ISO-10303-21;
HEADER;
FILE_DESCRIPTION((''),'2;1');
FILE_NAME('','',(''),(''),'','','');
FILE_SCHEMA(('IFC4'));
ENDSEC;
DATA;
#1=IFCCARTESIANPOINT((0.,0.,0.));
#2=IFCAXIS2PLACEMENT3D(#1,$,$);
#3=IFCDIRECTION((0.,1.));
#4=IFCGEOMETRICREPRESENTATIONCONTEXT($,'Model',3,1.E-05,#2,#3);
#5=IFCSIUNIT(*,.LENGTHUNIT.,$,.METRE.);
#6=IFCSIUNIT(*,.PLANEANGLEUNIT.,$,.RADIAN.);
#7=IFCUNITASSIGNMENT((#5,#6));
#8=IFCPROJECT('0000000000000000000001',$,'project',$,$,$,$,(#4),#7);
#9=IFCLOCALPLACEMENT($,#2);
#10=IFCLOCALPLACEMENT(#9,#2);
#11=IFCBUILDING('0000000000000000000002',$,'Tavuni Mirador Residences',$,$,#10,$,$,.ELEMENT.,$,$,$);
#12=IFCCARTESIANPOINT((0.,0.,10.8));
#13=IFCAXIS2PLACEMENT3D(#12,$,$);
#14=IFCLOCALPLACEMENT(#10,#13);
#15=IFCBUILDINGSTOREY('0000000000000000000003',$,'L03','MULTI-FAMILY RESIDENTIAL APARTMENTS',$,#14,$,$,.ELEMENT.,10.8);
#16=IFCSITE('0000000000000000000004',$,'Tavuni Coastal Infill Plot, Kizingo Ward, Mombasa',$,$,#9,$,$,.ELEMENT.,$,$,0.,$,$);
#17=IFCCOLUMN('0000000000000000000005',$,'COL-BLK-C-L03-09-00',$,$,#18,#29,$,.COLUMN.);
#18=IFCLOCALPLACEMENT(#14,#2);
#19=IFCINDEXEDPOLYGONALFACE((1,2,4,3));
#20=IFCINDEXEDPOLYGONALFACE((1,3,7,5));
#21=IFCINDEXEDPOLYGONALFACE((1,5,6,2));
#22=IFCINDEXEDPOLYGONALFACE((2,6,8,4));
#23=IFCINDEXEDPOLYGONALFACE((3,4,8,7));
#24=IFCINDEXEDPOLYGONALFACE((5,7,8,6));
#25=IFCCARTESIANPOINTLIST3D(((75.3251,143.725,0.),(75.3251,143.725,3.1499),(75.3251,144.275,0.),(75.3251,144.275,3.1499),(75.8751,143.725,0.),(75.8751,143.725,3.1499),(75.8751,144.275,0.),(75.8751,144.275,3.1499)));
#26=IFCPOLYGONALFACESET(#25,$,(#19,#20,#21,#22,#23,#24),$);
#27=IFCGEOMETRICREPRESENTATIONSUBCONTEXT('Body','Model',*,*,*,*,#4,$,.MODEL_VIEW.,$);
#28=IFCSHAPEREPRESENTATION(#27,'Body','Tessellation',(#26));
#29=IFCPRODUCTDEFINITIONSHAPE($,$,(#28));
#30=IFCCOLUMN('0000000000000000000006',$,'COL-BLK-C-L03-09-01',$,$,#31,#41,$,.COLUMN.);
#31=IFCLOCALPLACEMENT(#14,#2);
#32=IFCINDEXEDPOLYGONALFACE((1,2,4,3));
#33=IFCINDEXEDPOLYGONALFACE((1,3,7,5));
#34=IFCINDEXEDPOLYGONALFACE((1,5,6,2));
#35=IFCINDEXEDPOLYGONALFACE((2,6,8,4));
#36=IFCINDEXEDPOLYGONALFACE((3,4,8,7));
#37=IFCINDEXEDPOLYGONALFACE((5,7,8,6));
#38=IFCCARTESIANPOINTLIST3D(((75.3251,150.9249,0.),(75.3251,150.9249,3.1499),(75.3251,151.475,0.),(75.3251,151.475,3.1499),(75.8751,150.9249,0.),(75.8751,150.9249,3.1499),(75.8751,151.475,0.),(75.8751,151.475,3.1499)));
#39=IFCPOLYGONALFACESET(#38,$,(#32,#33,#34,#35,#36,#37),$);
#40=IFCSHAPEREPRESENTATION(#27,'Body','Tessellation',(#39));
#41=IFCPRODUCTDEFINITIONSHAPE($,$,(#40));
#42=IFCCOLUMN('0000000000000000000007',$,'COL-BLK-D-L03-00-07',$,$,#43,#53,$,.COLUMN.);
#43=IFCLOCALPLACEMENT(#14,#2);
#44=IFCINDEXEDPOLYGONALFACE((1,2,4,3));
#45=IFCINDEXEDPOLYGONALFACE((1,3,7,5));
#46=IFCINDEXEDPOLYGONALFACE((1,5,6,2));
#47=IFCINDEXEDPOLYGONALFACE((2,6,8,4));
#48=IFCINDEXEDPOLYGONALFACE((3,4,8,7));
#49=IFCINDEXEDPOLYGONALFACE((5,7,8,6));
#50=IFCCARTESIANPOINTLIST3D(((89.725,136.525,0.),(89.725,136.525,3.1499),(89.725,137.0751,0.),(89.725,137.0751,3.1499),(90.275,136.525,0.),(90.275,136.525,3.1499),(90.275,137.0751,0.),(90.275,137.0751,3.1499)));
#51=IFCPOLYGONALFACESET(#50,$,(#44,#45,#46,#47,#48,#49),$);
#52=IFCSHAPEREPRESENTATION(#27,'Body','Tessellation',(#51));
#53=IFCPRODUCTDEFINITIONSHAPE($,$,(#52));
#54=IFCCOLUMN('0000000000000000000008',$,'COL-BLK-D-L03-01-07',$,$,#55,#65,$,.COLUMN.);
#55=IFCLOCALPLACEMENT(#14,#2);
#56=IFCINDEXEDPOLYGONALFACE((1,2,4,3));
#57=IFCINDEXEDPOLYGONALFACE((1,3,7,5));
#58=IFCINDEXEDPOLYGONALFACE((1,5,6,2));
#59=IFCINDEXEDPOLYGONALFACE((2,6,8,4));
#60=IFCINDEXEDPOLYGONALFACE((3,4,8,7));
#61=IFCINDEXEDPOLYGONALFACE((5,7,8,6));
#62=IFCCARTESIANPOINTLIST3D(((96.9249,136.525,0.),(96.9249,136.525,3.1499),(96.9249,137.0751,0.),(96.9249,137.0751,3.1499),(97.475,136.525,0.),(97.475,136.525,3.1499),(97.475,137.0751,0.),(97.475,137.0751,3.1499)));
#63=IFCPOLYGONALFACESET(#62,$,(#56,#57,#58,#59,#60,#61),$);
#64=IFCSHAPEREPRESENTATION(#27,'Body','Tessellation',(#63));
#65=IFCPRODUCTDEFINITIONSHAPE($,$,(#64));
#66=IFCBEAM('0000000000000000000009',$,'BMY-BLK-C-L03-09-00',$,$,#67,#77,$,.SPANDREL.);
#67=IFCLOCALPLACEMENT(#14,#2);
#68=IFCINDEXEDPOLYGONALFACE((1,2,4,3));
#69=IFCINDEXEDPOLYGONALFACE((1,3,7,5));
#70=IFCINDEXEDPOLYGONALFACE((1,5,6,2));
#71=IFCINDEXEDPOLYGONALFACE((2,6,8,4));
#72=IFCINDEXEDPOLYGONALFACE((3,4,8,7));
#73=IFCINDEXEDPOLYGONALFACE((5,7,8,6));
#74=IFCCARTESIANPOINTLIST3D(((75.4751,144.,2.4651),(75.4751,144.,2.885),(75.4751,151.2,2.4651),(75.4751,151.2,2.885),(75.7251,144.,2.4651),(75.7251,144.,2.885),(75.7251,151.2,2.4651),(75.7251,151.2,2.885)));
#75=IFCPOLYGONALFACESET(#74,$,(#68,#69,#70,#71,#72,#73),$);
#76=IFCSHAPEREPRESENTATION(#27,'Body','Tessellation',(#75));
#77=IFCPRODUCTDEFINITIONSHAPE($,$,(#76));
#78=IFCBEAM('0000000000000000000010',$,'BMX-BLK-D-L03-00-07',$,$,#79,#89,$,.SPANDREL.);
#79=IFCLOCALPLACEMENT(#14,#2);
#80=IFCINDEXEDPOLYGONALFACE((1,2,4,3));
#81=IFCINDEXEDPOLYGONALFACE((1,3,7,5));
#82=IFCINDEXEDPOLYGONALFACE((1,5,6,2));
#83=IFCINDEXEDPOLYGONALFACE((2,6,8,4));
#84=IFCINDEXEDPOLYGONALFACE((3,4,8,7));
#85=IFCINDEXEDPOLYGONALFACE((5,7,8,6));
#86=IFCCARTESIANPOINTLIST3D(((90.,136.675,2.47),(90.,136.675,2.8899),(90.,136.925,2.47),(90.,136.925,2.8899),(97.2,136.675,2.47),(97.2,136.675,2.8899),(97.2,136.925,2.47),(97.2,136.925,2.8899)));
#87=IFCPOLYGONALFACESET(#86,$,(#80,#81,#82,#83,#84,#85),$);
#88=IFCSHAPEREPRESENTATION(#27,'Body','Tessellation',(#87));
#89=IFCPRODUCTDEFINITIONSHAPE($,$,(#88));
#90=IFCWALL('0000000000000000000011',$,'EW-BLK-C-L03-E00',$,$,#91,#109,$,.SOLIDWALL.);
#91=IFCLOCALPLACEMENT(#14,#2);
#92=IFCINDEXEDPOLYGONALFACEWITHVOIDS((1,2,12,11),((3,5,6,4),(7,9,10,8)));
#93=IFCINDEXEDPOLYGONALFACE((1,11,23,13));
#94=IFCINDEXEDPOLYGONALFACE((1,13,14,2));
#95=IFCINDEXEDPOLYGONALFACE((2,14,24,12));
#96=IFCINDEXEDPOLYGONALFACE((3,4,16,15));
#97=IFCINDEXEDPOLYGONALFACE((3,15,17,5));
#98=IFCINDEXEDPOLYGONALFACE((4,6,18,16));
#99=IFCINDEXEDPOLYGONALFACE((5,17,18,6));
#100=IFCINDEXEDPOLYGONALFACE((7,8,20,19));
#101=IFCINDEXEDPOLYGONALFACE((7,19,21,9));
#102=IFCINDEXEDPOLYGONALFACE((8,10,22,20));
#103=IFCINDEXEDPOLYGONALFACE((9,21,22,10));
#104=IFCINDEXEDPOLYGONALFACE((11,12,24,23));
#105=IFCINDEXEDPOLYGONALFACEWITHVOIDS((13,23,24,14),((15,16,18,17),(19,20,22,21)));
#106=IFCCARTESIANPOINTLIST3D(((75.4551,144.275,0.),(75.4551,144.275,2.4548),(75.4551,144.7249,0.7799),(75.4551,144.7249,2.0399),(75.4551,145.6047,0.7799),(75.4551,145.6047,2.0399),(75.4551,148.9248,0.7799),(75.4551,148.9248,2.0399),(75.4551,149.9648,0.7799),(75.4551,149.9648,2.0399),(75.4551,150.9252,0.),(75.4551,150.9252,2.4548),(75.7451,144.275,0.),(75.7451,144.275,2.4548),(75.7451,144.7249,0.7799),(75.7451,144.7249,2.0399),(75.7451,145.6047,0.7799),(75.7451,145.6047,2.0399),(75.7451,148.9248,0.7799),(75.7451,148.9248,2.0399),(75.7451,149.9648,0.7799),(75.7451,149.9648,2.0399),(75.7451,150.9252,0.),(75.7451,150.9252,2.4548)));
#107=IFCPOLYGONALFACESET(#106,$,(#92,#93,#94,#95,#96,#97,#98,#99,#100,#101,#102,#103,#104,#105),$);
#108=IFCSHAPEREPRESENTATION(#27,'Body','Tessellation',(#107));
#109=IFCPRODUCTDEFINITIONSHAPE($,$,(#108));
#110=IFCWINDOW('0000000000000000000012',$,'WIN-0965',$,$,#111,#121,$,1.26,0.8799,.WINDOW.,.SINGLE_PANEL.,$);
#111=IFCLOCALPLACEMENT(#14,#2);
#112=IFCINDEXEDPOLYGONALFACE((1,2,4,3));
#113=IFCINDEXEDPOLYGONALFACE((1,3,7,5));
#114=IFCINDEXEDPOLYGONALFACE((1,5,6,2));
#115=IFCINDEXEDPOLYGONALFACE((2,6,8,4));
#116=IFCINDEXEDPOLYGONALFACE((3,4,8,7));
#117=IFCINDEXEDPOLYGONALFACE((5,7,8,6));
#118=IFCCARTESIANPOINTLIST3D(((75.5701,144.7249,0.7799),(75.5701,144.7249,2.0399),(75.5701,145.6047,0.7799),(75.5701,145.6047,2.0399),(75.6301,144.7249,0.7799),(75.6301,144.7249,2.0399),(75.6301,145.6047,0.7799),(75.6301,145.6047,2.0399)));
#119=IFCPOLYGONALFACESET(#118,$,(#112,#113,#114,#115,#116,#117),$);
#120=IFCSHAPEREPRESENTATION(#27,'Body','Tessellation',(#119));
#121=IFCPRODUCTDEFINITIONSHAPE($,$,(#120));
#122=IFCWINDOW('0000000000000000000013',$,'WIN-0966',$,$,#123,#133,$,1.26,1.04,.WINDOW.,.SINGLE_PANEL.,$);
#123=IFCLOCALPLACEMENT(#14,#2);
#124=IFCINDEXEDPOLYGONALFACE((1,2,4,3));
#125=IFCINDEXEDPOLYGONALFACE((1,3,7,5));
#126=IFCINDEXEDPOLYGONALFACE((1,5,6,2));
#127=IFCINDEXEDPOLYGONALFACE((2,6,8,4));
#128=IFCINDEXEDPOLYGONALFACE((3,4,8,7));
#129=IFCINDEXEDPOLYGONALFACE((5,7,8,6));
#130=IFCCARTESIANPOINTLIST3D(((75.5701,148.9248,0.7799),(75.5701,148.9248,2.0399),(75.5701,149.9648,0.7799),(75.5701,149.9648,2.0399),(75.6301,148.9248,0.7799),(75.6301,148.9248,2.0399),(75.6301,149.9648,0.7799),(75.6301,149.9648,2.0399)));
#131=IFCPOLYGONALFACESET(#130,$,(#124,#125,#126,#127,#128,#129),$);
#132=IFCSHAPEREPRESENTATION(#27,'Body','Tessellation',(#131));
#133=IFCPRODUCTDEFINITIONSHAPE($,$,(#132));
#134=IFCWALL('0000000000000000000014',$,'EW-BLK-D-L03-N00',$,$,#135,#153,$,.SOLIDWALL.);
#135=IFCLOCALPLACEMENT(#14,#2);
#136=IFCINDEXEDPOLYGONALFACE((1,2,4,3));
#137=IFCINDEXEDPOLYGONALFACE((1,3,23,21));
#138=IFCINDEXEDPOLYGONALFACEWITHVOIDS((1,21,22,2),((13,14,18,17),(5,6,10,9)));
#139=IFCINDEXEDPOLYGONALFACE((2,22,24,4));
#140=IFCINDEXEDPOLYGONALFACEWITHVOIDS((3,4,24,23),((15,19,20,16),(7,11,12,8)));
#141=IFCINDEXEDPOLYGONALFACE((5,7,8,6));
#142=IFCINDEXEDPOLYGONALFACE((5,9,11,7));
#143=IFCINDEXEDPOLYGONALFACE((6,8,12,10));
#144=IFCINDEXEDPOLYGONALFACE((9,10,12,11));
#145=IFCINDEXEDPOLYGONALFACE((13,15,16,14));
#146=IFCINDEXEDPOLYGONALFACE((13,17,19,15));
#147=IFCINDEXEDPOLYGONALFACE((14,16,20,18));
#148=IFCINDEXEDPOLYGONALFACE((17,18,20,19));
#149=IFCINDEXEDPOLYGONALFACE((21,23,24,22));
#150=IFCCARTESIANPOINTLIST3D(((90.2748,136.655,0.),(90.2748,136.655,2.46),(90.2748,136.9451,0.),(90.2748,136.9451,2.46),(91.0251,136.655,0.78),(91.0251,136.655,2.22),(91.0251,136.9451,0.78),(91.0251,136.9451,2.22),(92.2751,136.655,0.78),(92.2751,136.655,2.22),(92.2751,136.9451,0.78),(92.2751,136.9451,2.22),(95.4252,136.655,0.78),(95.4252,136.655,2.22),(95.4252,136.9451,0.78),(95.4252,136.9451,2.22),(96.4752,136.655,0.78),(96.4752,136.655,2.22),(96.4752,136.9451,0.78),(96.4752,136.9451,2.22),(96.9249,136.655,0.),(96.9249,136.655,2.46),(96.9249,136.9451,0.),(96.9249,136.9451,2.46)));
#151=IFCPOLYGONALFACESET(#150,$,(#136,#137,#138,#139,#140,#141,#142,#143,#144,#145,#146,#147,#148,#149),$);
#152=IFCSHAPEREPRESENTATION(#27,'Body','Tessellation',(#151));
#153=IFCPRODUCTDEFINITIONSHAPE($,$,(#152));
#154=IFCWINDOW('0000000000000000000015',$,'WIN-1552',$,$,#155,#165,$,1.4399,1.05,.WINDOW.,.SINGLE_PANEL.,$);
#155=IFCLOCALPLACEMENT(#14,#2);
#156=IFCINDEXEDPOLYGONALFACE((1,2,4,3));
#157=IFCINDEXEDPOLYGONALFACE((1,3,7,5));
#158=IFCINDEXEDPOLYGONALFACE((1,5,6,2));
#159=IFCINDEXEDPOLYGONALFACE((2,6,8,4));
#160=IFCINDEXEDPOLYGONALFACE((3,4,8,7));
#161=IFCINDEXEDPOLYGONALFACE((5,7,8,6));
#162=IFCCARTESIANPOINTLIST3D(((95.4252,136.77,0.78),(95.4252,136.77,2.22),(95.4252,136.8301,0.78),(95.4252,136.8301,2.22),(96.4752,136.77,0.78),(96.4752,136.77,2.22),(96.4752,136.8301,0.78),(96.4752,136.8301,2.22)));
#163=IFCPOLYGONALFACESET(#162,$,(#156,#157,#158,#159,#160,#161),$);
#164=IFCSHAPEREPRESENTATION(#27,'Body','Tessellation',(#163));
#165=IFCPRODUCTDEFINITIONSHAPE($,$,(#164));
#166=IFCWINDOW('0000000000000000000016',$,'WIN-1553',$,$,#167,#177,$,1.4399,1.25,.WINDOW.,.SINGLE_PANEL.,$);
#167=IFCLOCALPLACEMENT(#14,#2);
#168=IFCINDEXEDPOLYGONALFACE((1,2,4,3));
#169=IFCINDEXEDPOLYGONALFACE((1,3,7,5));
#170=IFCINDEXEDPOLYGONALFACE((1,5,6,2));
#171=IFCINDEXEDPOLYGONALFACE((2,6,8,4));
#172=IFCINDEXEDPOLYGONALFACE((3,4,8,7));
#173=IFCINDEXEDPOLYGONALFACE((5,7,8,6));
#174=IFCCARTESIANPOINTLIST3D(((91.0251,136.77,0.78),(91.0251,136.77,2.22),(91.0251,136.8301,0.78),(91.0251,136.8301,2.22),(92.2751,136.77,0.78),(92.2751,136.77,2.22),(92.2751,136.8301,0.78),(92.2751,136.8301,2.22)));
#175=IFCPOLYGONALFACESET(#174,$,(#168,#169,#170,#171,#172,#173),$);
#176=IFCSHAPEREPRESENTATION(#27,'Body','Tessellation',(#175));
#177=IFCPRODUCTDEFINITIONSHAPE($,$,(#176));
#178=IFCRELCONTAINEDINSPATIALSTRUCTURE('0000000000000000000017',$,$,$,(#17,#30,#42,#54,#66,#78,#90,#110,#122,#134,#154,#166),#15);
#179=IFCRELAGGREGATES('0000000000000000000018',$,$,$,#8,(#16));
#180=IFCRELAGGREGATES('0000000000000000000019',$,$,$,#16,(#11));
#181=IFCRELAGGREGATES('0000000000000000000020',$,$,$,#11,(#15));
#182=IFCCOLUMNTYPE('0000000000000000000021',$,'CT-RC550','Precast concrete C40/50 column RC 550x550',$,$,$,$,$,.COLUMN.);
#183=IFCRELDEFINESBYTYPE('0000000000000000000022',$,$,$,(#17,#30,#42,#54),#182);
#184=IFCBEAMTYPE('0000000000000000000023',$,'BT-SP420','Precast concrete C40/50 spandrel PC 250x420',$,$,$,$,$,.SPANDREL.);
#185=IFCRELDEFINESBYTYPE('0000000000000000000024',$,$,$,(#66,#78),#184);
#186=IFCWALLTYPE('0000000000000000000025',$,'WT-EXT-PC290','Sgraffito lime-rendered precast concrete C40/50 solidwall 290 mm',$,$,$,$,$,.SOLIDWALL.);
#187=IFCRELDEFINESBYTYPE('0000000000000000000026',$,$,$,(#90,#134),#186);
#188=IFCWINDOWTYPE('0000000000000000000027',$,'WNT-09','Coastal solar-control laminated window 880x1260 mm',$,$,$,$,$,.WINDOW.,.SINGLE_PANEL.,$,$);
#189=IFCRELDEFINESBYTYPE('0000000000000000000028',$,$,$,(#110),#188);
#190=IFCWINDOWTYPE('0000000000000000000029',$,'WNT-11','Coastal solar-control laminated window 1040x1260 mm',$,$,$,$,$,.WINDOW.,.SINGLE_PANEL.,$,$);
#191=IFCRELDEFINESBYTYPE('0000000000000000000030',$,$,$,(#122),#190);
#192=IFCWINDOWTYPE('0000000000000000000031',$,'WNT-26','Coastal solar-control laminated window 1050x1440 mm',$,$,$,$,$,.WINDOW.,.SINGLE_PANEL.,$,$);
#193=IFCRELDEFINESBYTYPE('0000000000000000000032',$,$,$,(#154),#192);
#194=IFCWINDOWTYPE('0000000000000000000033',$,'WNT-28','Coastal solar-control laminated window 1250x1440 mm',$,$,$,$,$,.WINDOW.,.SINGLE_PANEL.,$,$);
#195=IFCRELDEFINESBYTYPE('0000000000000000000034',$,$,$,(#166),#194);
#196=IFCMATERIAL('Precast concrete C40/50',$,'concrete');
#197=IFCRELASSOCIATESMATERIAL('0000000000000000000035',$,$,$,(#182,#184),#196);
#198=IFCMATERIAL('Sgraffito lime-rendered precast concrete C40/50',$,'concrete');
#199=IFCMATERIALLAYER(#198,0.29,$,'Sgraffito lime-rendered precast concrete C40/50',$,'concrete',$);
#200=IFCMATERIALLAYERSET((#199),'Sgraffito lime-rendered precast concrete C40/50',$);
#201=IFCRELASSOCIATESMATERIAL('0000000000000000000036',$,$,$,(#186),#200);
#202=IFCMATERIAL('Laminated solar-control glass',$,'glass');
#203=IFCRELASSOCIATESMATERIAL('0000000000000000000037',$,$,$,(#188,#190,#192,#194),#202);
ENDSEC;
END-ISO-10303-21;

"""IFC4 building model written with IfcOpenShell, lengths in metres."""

from ifc_helpers import new_model, si_unit, direction, frame, frame_2d, origin, origin_2d, place, context, subcontext, project, spatial, rectangle, extrude, material, layer, layer_set, material_profile, profile_set, type_object, element, fill, save


model = new_model("IFC4")

# Units and contexts
model_context = context("Model", 3, precision=1e-05, world=origin(), true_north=direction((0.0, 1.0)))
body_context = subcontext(model_context, "Body", "Model", "MODEL_VIEW")
ifc_project = project(units=[si_unit("LENGTHUNIT", "METRE"), si_unit("PLANEANGLEUNIT", "RADIAN")], contexts=[model_context])

# Site, building, storey
site_placement = place(None, origin())
site = spatial("IfcSite", under=ifc_project, at=site_placement, Name="Tavuni Coastal Infill Plot, Kizingo Ward, Mombasa", CompositionType="ELEMENT", RefElevation=0.0)
building_placement = place(site_placement, origin())
building = spatial("IfcBuilding", under=site, at=building_placement, Name="Tavuni Mirador Residences", CompositionType="ELEMENT")
storey_placement = place(building_placement, frame((0.0, 0.0, 10.8)))
storey = spatial("IfcBuildingStorey", under=building, at=storey_placement, Name="L03", Description="MULTI-FAMILY RESIDENTIAL APARTMENTS", CompositionType="ELEMENT", Elevation=10.8)

# Columns
ifc_material_1 = material(Name="Precast concrete C40/50", Category="concrete")
ifc_material_profile_1 = material_profile(ifc_material_1, rectangle(XDim=0.55, YDim=0.55, at=origin_2d()), Name="RC 550x550", Category="concrete")
ifc_profile_set_1 = profile_set([ifc_material_profile_1], Name="Precast concrete C40/50")
column_type = type_object("IfcColumnType", Name="CT-RC550", Description="Precast concrete C40/50 column RC 550x550", PredefinedType="COLUMN", material=ifc_profile_set_1)
for number, where, z_axis, x_axis, name in (
    (1, (75.6001, 144.0, 0.0), (0.0, 0.0, 1.0), (1.0, 0.0, 0.0), "COL-BLK-C-L03-09-00"),
    (2, (75.6001, 151.2, 0.0), (0.0, 0.0, 1.0), (1.0, 0.0, 0.0), "COL-BLK-C-L03-09-01"),
    (3, (90.0, 136.8, 0.0), (0.0, 0.0, 1.0), (1.0, 0.0, 0.0), "COL-BLK-D-L03-00-07"),
    (4, (97.2, 136.8, 0.0), (0.0, 0.0, 1.0), (1.0, 0.0, 0.0), "COL-BLK-D-L03-01-07"),
):
    element("IfcColumn", number, at=place(storey_placement, frame(where, z_axis=z_axis, x_axis=x_axis)), inside=storey, type_object=column_type, Name=name, PredefinedType="COLUMN", context=body_context, shape_type="SweptSolid", body=[
        extrude(rectangle(XDim=0.55, YDim=0.55, at=origin_2d()), origin(), (0.0, 0.0, 1.0), 3.1499),
    ])

# Beams
ifc_material_profile_2 = material_profile(ifc_material_1, rectangle(XDim=0.25, YDim=0.4199, at=origin_2d()), Name="PC 250x420", Category="concrete")
ifc_profile_set_2 = profile_set([ifc_material_profile_2], Name="Precast concrete C40/50")
beam_type = type_object("IfcBeamType", Name="BT-SP420", Description="Precast concrete C40/50 spandrel PC 250x420", PredefinedType="SPANDREL", material=ifc_profile_set_2)
for number, where, z_axis, x_axis, name in (
    (5, (75.6001, 144.0, 2.675), (0.0, 1.0, 0.0), (-1.0, 0.0, 0.0), "BMY-BLK-C-L03-09-00"),
    (6, (90.0, 136.8, 2.6799), (1.0, 0.0, 0.0), (0.0, 1.0, 0.0), "BMX-BLK-D-L03-00-07"),
):
    element("IfcBeam", number, at=place(storey_placement, frame(where, z_axis=z_axis, x_axis=x_axis)), inside=storey, type_object=beam_type, Name=name, PredefinedType="SPANDREL", context=body_context, shape_type="SweptSolid", body=[
        extrude(rectangle(XDim=0.25, YDim=0.4199, at=origin_2d()), origin(), (0.0, 0.0, 1.0), 7.2),
    ])

# Walls, openings, windows
ifc_material_2 = material(Name="Sgraffito lime-rendered precast concrete C40/50", Category="concrete")
ifc_layer_1 = layer(ifc_material_2, 0.29, Name="Sgraffito lime-rendered precast concrete C40/50", Category="concrete")
ifc_layer_set_1 = layer_set([ifc_layer_1], Name="Sgraffito lime-rendered precast concrete C40/50")
wall_type_1 = type_object("IfcWallType", Name="WT-EXT-PC290", Description="Sgraffito lime-rendered precast concrete C40/50 solidwall 290 mm", PredefinedType="SOLIDWALL", material=ifc_layer_set_1)
wall_1_placement = place(storey_placement, frame((75.6001, 144.2749, 0.0), z_axis=(0.0, 0.0, 1.0), x_axis=(0.0, 1.0, 0.0)))
wall_1 = element("IfcWall", 7, at=wall_1_placement, inside=storey, type_object=wall_type_1, Name="EW-BLK-C-L03-E00", PredefinedType="SOLIDWALL", context=body_context, shape_type="SweptSolid", body=[
    extrude(rectangle(XDim=6.6501, YDim=0.29, at=frame_2d((3.3252, 0.0))), origin(), (0.0, 0.0, 1.0), 2.4548),
])
opening_1_placement = place(wall_1_placement, frame((0.45, 0.0, 0.78)))
opening_1 = element("IfcOpeningElement", 8, at=opening_1_placement, cuts=wall_1, PredefinedType="OPENING", context=body_context, shape_type="SweptSolid", body=[
    extrude(rectangle(XDim=0.8799, YDim=1.26, at=frame_2d((0.4399, 0.6299))), frame((0.0, 0.155, 0.0), z_axis=(0.0, -1.0, 0.0), x_axis=(1.0, 0.0, 0.0)), (0.0, 0.0, 1.0), 0.3101),
])
opening_2_placement = place(wall_1_placement, frame((4.6499, 0.0, 0.78)))
opening_2 = element("IfcOpeningElement", 9, at=opening_2_placement, cuts=wall_1, PredefinedType="OPENING", context=body_context, shape_type="SweptSolid", body=[
    extrude(rectangle(XDim=1.04, YDim=1.26, at=frame_2d((0.52, 0.6299))), frame((0.0, 0.155, 0.0), z_axis=(0.0, -1.0, 0.0), x_axis=(1.0, 0.0, 0.0)), (0.0, 0.0, 1.0), 0.3101),
])
ifc_material_3 = material(Name="Laminated solar-control glass", Category="glass")
window_type_1 = type_object("IfcWindowType", Name="WNT-09", Description="Coastal solar-control laminated window 880x1260 mm", PartitioningType="SINGLE_PANEL", PredefinedType="WINDOW", material=ifc_material_3)
window_1_placement = place(opening_1_placement, origin())
window_1 = element("IfcWindow", 10, at=window_1_placement, inside=storey, type_object=window_type_1, Name="WIN-0965", OverallHeight=1.26, OverallWidth=0.8799, PartitioningType="SINGLE_PANEL", PredefinedType="WINDOW", context=body_context, shape_type="SweptSolid", body=[
    extrude(rectangle(XDim=0.8799, YDim=1.26, at=frame_2d((0.4399, 0.6299))), frame((0.0, 0.03, 0.0), z_axis=(0.0, -1.0, 0.0), x_axis=(1.0, 0.0, 0.0)), (0.0, 0.0, 1.0), 0.0601),
])
fill(opening_1, window_1)
window_type_2 = type_object("IfcWindowType", Name="WNT-11", Description="Coastal solar-control laminated window 1040x1260 mm", PartitioningType="SINGLE_PANEL", PredefinedType="WINDOW", material=ifc_material_3)
window_2_placement = place(opening_2_placement, origin())
window_2 = element("IfcWindow", 11, at=window_2_placement, inside=storey, type_object=window_type_2, Name="WIN-0966", OverallHeight=1.26, OverallWidth=1.04, PartitioningType="SINGLE_PANEL", PredefinedType="WINDOW", context=body_context, shape_type="SweptSolid", body=[
    extrude(rectangle(XDim=1.04, YDim=1.26, at=frame_2d((0.52, 0.6299))), frame((0.0, 0.03, 0.0), z_axis=(0.0, -1.0, 0.0), x_axis=(1.0, 0.0, 0.0)), (0.0, 0.0, 1.0), 0.0601),
])
fill(opening_2, window_2)
wall_2_placement = place(storey_placement, frame((96.925, 136.8, 0.0), z_axis=(0.0, 0.0, 1.0), x_axis=(-1.0, 0.0, 0.0)))
wall_2 = element("IfcWall", 12, at=wall_2_placement, inside=storey, type_object=wall_type_1, Name="EW-BLK-D-L03-N00", PredefinedType="SOLIDWALL", context=body_context, shape_type="SweptSolid", body=[
    extrude(rectangle(XDim=6.6501, YDim=0.29, at=frame_2d((3.3252, 0.0))), origin(), (0.0, 0.0, 1.0), 2.46),
])
opening_3_placement = place(wall_2_placement, frame((0.45, 0.0, 0.78)))
opening_3 = element("IfcOpeningElement", 13, at=opening_3_placement, cuts=wall_2, PredefinedType="OPENING", context=body_context, shape_type="SweptSolid", body=[
    extrude(rectangle(XDim=1.05, YDim=1.4399, at=frame_2d((0.5249, 0.72))), frame((0.0, 0.155, 0.0), z_axis=(0.0, -1.0, 0.0), x_axis=(1.0, 0.0, 0.0)), (0.0, 0.0, 1.0), 0.3101),
])
opening_4_placement = place(wall_2_placement, frame((4.6499, 0.0, 0.78)))
opening_4 = element("IfcOpeningElement", 14, at=opening_4_placement, cuts=wall_2, PredefinedType="OPENING", context=body_context, shape_type="SweptSolid", body=[
    extrude(rectangle(XDim=1.25, YDim=1.4399, at=frame_2d((0.625, 0.72))), frame((0.0, 0.155, 0.0), z_axis=(0.0, -1.0, 0.0), x_axis=(1.0, 0.0, 0.0)), (0.0, 0.0, 1.0), 0.3101),
])
window_type_3 = type_object("IfcWindowType", Name="WNT-26", Description="Coastal solar-control laminated window 1050x1440 mm", PartitioningType="SINGLE_PANEL", PredefinedType="WINDOW", material=ifc_material_3)
window_3_placement = place(opening_3_placement, origin())
window_3 = element("IfcWindow", 15, at=window_3_placement, inside=storey, type_object=window_type_3, Name="WIN-1552", OverallHeight=1.4399, OverallWidth=1.05, PartitioningType="SINGLE_PANEL", PredefinedType="WINDOW", context=body_context, shape_type="SweptSolid", body=[
    extrude(rectangle(XDim=1.05, YDim=1.4399, at=frame_2d((0.5249, 0.72))), frame((0.0, 0.03, 0.0), z_axis=(0.0, -1.0, 0.0), x_axis=(1.0, 0.0, 0.0)), (0.0, 0.0, 1.0), 0.0601),
])
fill(opening_3, window_3)
window_type_4 = type_object("IfcWindowType", Name="WNT-28", Description="Coastal solar-control laminated window 1250x1440 mm", PartitioningType="SINGLE_PANEL", PredefinedType="WINDOW", material=ifc_material_3)
window_4_placement = place(opening_4_placement, origin())
window_4 = element("IfcWindow", 16, at=window_4_placement, inside=storey, type_object=window_type_4, Name="WIN-1553", OverallHeight=1.4399, OverallWidth=1.25, PartitioningType="SINGLE_PANEL", PredefinedType="WINDOW", context=body_context, shape_type="SweptSolid", body=[
    extrude(rectangle(XDim=1.25, YDim=1.4399, at=frame_2d((0.625, 0.72))), frame((0.0, 0.03, 0.0), z_axis=(0.0, -1.0, 0.0), x_axis=(1.0, 0.0, 0.0)), (0.0, 0.0, 1.0), 0.0601),
])
fill(opening_4, window_4)

save(model, "model.ifc")
